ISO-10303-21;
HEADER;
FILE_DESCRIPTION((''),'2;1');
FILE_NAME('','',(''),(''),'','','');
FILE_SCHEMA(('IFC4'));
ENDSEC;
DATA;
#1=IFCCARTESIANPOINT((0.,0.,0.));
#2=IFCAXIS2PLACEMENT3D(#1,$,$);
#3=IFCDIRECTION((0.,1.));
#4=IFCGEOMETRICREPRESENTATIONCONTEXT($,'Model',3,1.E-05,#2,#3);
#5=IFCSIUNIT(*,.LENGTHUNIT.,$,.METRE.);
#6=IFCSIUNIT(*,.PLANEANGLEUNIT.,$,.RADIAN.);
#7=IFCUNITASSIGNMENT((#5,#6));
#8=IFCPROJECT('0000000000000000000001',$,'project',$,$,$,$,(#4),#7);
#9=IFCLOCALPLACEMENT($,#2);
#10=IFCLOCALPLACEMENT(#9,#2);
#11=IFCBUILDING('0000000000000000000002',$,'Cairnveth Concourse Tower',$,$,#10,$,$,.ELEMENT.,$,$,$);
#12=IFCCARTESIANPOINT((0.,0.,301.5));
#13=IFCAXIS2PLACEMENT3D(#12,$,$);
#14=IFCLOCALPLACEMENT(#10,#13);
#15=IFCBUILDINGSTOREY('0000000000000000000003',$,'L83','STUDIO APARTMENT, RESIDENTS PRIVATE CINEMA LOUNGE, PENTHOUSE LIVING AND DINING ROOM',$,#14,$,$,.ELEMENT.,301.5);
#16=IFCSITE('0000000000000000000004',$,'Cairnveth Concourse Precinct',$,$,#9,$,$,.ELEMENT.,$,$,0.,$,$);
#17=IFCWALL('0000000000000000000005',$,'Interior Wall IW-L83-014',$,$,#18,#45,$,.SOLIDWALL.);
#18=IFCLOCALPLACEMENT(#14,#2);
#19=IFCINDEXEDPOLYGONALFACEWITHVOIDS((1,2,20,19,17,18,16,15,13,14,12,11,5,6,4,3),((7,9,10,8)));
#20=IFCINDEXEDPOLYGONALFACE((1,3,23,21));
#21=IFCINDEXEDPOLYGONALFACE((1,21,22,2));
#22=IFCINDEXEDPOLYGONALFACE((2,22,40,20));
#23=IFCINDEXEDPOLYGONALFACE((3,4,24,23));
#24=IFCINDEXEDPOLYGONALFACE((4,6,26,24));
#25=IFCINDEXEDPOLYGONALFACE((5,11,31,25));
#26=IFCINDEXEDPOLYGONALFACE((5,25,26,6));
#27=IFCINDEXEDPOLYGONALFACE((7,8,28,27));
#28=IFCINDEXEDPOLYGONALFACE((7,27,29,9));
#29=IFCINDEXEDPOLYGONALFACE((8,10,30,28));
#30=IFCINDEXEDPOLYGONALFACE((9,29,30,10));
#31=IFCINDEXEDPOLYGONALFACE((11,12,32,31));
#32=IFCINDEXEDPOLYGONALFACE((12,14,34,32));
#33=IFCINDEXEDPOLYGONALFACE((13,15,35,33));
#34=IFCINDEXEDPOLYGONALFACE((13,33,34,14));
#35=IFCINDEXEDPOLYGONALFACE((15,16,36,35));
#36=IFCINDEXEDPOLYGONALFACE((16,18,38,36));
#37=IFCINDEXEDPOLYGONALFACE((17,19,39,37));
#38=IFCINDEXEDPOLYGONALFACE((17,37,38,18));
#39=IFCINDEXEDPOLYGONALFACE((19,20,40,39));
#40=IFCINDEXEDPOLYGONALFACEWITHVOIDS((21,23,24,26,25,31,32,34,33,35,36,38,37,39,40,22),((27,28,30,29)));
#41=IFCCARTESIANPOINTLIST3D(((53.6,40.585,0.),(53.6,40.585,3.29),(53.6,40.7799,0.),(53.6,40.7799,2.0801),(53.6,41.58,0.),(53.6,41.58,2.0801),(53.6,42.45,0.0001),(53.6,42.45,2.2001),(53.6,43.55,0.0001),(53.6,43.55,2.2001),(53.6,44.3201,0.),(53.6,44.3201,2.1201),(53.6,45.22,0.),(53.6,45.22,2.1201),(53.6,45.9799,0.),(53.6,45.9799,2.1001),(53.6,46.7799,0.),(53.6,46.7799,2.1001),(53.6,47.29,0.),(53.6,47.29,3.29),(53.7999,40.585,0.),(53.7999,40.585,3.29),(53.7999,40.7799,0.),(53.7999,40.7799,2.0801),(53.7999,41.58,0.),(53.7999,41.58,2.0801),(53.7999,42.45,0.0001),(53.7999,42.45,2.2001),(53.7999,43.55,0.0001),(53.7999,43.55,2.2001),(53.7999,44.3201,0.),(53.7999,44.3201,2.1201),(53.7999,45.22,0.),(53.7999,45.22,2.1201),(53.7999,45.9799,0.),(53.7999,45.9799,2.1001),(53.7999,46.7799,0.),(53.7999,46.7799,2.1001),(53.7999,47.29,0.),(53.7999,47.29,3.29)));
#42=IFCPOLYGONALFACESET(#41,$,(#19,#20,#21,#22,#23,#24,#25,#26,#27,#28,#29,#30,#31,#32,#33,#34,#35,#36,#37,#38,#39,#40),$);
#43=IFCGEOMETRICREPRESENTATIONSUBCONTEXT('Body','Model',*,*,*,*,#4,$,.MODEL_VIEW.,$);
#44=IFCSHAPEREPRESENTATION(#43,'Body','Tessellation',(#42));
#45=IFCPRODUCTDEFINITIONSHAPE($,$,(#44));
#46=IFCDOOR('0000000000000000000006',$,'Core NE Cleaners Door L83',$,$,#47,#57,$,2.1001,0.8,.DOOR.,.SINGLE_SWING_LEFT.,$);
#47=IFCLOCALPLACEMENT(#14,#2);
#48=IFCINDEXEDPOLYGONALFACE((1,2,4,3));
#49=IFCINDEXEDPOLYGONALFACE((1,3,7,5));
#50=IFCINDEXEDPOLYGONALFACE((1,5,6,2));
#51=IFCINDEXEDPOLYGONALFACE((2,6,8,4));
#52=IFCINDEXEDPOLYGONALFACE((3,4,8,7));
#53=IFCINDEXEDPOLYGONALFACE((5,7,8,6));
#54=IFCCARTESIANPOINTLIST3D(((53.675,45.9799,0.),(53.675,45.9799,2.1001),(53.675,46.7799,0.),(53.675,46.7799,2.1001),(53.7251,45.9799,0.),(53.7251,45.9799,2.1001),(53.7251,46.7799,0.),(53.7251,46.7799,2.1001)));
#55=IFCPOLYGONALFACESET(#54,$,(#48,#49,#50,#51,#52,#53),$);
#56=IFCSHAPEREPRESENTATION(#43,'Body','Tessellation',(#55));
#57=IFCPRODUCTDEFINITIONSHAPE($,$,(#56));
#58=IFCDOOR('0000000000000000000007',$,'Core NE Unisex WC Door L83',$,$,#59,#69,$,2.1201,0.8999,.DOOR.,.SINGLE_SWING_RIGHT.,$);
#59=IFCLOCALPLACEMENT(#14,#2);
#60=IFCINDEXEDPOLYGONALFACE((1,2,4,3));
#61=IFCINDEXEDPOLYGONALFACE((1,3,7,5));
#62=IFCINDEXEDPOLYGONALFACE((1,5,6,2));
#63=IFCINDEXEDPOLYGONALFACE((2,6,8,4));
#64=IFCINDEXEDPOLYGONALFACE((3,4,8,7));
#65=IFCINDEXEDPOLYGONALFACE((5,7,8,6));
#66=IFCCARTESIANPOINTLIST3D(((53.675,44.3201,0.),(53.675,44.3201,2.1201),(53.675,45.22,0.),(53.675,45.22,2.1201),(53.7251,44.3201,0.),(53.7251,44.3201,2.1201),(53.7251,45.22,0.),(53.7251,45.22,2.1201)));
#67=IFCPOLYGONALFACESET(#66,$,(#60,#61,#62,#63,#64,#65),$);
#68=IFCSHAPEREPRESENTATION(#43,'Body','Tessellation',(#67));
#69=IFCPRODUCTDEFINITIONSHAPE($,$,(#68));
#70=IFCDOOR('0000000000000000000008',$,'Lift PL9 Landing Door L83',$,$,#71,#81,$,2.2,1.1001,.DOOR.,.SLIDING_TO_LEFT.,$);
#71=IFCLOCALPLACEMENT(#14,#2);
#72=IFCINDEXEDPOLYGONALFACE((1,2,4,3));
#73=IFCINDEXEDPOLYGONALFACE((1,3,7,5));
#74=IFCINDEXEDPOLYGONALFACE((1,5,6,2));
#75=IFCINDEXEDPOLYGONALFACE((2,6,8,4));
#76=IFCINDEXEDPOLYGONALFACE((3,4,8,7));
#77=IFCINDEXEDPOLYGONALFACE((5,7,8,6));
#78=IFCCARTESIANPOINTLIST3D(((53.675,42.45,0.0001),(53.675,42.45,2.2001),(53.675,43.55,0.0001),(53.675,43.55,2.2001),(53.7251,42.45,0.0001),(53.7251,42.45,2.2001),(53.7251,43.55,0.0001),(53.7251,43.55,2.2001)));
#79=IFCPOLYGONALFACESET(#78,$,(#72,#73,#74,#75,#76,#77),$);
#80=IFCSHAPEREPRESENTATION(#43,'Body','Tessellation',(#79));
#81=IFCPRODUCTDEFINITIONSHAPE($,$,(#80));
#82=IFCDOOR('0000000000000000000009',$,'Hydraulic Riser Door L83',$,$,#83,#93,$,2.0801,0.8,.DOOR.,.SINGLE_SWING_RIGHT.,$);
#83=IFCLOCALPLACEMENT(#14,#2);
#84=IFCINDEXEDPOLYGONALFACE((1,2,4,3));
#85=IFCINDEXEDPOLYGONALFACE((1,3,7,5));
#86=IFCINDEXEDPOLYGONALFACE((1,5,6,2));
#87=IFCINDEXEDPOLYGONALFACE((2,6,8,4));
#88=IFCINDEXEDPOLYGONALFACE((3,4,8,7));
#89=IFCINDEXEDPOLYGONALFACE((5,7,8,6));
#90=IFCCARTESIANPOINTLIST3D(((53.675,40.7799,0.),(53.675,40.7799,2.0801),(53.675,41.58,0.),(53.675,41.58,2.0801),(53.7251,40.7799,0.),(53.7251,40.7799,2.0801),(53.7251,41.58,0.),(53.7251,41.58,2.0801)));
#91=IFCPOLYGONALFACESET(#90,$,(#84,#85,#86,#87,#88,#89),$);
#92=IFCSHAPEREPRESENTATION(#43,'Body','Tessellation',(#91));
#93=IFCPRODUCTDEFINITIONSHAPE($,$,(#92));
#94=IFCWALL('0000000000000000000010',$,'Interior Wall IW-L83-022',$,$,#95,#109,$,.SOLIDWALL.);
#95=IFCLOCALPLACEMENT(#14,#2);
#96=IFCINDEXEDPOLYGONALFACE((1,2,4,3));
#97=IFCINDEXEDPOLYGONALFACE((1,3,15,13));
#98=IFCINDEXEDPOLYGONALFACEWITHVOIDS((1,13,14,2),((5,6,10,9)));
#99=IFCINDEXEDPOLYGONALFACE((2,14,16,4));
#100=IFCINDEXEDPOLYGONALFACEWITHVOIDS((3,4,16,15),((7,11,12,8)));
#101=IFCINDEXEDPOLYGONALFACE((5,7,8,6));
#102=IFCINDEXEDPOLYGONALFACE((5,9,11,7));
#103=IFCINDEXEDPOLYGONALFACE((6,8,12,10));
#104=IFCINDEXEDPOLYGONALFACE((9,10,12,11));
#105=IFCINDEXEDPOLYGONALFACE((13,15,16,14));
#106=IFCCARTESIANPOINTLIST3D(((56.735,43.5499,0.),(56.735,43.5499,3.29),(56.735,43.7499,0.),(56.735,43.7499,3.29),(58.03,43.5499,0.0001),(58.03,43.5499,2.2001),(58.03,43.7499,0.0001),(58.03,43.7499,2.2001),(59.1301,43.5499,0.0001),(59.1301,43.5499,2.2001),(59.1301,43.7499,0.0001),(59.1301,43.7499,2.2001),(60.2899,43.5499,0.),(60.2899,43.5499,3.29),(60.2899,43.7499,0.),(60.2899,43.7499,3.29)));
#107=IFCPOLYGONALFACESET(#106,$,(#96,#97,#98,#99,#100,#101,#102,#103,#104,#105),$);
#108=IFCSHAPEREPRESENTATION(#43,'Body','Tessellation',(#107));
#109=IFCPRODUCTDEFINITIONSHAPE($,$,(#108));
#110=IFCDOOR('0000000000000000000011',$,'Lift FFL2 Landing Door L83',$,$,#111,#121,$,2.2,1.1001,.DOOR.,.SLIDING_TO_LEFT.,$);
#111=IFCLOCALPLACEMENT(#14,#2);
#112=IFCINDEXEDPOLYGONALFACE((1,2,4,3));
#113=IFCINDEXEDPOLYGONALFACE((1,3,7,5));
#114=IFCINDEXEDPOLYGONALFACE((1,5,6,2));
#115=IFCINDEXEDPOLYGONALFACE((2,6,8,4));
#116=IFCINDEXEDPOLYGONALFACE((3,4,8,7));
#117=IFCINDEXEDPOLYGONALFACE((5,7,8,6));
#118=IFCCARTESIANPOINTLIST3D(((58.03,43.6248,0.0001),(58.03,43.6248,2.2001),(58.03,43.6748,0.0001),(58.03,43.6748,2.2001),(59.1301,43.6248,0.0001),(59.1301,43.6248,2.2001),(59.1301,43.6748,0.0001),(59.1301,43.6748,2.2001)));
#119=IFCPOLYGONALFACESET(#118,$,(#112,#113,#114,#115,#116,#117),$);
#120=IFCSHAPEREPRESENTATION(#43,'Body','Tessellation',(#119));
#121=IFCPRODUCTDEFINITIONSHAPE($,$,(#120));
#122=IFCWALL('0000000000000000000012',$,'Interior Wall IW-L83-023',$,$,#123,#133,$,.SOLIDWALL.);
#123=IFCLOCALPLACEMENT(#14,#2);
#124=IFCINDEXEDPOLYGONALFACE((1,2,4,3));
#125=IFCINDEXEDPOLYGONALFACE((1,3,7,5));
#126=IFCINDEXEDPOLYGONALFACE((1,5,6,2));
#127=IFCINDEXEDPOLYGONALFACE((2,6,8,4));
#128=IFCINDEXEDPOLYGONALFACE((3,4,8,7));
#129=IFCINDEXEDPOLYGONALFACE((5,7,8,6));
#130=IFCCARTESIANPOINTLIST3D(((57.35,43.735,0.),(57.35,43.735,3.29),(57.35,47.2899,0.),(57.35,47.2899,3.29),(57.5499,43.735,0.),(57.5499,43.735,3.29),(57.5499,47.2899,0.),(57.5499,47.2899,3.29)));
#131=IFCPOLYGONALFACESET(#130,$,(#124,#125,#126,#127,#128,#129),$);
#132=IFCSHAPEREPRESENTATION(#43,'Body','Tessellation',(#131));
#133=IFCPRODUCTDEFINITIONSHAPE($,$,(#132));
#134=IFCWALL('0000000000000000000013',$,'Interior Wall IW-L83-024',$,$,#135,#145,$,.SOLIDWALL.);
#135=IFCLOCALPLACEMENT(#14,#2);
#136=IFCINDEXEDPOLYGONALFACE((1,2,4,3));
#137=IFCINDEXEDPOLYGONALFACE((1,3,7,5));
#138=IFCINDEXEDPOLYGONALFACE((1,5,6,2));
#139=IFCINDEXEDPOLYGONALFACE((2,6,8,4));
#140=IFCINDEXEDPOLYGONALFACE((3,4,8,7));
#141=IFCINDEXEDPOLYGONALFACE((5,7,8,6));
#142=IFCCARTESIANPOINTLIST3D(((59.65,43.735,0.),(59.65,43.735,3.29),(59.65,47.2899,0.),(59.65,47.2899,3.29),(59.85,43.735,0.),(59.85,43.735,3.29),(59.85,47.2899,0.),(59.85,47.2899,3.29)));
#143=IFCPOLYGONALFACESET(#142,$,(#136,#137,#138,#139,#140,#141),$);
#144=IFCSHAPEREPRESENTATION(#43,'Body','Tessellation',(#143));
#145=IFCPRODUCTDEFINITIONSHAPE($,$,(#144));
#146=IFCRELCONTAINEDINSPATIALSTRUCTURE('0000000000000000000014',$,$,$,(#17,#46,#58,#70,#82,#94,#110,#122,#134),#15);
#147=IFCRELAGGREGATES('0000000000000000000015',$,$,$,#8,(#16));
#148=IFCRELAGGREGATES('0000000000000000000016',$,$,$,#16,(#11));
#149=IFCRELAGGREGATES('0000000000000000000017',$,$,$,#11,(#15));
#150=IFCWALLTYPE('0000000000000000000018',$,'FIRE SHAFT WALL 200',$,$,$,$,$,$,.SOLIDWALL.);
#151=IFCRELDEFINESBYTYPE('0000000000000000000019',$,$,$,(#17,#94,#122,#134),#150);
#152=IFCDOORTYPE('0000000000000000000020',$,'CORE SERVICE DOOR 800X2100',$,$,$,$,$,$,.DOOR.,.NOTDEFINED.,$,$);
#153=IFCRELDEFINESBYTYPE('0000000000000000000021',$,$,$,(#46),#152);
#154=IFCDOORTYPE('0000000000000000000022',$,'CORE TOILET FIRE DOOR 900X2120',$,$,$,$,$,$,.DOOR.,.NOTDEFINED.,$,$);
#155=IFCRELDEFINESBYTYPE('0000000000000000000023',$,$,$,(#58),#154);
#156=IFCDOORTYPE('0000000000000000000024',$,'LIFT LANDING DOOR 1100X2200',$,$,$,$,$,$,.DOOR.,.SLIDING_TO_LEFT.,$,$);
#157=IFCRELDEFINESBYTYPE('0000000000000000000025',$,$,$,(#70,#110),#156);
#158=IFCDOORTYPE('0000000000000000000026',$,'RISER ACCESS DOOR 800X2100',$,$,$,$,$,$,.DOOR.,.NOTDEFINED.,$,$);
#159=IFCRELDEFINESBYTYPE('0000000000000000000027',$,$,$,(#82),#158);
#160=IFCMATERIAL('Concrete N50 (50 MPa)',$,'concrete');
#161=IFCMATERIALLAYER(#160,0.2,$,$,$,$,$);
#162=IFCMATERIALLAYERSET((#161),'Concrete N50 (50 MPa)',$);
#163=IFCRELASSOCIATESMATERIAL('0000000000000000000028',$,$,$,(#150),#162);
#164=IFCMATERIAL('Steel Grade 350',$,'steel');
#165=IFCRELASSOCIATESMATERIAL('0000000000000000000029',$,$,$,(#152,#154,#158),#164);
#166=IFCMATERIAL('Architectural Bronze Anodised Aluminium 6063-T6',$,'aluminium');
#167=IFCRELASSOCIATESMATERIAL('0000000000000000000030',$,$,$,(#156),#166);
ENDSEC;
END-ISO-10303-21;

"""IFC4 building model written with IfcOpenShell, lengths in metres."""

from ifc_helpers import new_model, si_unit, direction, frame, frame_2d, origin, place, context, subcontext, project, spatial, rectangle, extrude, material, layer, layer_set, type_object, element, fill, save


model = new_model("IFC4")

# Units and contexts
model_context = context("Model", 3, precision=1e-05, world=origin(), true_north=direction((0.0, 1.0)))
body_context = subcontext(model_context, "Body", "Model", "MODEL_VIEW")
ifc_project = project(units=[si_unit("LENGTHUNIT", "METRE"), si_unit("PLANEANGLEUNIT", "RADIAN")], contexts=[model_context])

# Site, building, storey
site_placement = place(None, origin())
site = spatial("IfcSite", under=ifc_project, at=site_placement, Name="Cairnveth Concourse Precinct", CompositionType="ELEMENT", RefElevation=0.0)
building_placement = place(site_placement, origin())
building = spatial("IfcBuilding", under=site, at=building_placement, Name="Cairnveth Concourse Tower", CompositionType="ELEMENT")
storey_placement = place(building_placement, frame((0.0, 0.0, 301.5)))
storey = spatial("IfcBuildingStorey", under=building, at=storey_placement, Name="L83", Description="STUDIO APARTMENT, RESIDENTS PRIVATE CINEMA LOUNGE, PENTHOUSE LIVING AND DINING ROOM", CompositionType="ELEMENT", Elevation=301.5)

# Shared definitions
ifc_material_1 = material(Name="Steel Grade 350", Category="steel")

# Shared definitions
ifc_material_2 = material(Name="Concrete N50 (50 MPa)", Category="concrete")

# Shared definitions
ifc_layer_1 = layer(ifc_material_2, 0.2)
ifc_layer_set_1 = layer_set([ifc_layer_1], Name="Concrete N50 (50 MPa)")
wall_type_1 = type_object("IfcWallType", Name="FIRE SHAFT WALL 200", PredefinedType="SOLIDWALL", material=ifc_layer_set_1)

# Wall, openings, doors
wall_1_placement = place(storey_placement, frame((53.7, 40.585, 0.0), z_axis=(0.0, 0.0, 1.0), x_axis=(0.0, 1.0, 0.0)))
wall_1 = element("IfcWall", 1, at=wall_1_placement, inside=storey, type_object=wall_type_1, Name="Interior Wall IW-L83-014", PredefinedType="SOLIDWALL", context=body_context, shape_type="SweptSolid", body=[
    extrude(rectangle(XDim=6.7051, YDim=0.2, at=frame_2d((3.3525, 0.0))), origin(), (0.0, 0.0, 1.0), 3.29),
])
opening_1_placement = place(wall_1_placement, frame((0.1951, 0.0, 0.0)))
opening_1 = element("IfcOpeningElement", 2, at=opening_1_placement, cuts=wall_1, PredefinedType="OPENING", context=body_context, shape_type="SweptSolid", body=[
    extrude(rectangle(XDim=0.8, YDim=2.0801, at=frame_2d((0.3999, 1.04))), frame((0.0, 0.1099, 0.0), z_axis=(0.0, -1.0, 0.0), x_axis=(1.0, 0.0, 0.0)), (0.0, 0.0, 1.0), 0.22),
])
opening_2_placement = place(wall_1_placement, frame((1.865, 0.0, 0.0)))
opening_2 = element("IfcOpeningElement", 3, at=opening_2_placement, cuts=wall_1, PredefinedType="OPENING", context=body_context, shape_type="SweptSolid", body=[
    extrude(rectangle(XDim=1.1001, YDim=2.2, at=frame_2d((0.55, 1.1001))), frame((0.0, 0.1099, 0.0), z_axis=(0.0, -1.0, 0.0), x_axis=(1.0, 0.0, 0.0)), (0.0, 0.0, 1.0), 0.22),
])
opening_3_placement = place(wall_1_placement, frame((3.7351, 0.0, 0.0)))
opening_3 = element("IfcOpeningElement", 4, at=opening_3_placement, cuts=wall_1, PredefinedType="OPENING", context=body_context, shape_type="SweptSolid", body=[
    extrude(rectangle(XDim=0.8999, YDim=2.1201, at=frame_2d((0.45, 1.0601))), frame((0.0, 0.1099, 0.0), z_axis=(0.0, -1.0, 0.0), x_axis=(1.0, 0.0, 0.0)), (0.0, 0.0, 1.0), 0.22),
])
opening_4_placement = place(wall_1_placement, frame((5.395, 0.0, 0.0)))
opening_4 = element("IfcOpeningElement", 5, at=opening_4_placement, cuts=wall_1, PredefinedType="OPENING", context=body_context, shape_type="SweptSolid", body=[
    extrude(rectangle(XDim=0.8, YDim=2.1001, at=frame_2d((0.3999, 1.05))), frame((0.0, 0.1099, 0.0), z_axis=(0.0, -1.0, 0.0), x_axis=(1.0, 0.0, 0.0)), (0.0, 0.0, 1.0), 0.22),
])
door_type_1 = type_object("IfcDoorType", Name="CORE SERVICE DOOR 800X2100", OperationType="NOTDEFINED", PredefinedType="DOOR", material=ifc_material_1)
door_1_placement = place(opening_4_placement, origin())
door_1 = element("IfcDoor", 6, at=door_1_placement, inside=storey, type_object=door_type_1, Name="Core NE Cleaners Door L83", OperationType="SINGLE_SWING_LEFT", OverallHeight=2.1001, OverallWidth=0.8, PredefinedType="DOOR", context=body_context, shape_type="SweptSolid", body=[
    extrude(rectangle(XDim=0.8, YDim=2.1001, at=frame_2d((0.3999, 1.05))), frame((0.0, 0.0249, 0.0), z_axis=(0.0, -1.0, 0.0), x_axis=(1.0, 0.0, 0.0)), (0.0, 0.0, 1.0), 0.05),
])
fill(opening_4, door_1)
door_type_2 = type_object("IfcDoorType", Name="CORE TOILET FIRE DOOR 900X2120", OperationType="NOTDEFINED", PredefinedType="DOOR", material=ifc_material_1)
door_2_placement = place(opening_3_placement, origin())
door_2 = element("IfcDoor", 7, at=door_2_placement, inside=storey, type_object=door_type_2, Name="Core NE Unisex WC Door L83", OperationType="SINGLE_SWING_RIGHT", OverallHeight=2.1201, OverallWidth=0.8999, PredefinedType="DOOR", context=body_context, shape_type="SweptSolid", body=[
    extrude(rectangle(XDim=0.8999, YDim=2.1201, at=frame_2d((0.45, 1.0601))), frame((0.0, 0.0249, 0.0), z_axis=(0.0, -1.0, 0.0), x_axis=(1.0, 0.0, 0.0)), (0.0, 0.0, 1.0), 0.05),
])
fill(opening_3, door_2)
ifc_material_3 = material(Name="Architectural Bronze Anodised Aluminium 6063-T6", Category="aluminium")
door_type_3 = type_object("IfcDoorType", Name="LIFT LANDING DOOR 1100X2200", OperationType="SLIDING_TO_LEFT", PredefinedType="DOOR", material=ifc_material_3)
door_3_placement = place(opening_2_placement, origin())
door_3 = element("IfcDoor", 8, at=door_3_placement, inside=storey, type_object=door_type_3, Name="Lift PL9 Landing Door L83", OperationType="SLIDING_TO_LEFT", OverallHeight=2.2, OverallWidth=1.1001, PredefinedType="DOOR", context=body_context, shape_type="SweptSolid", body=[
    extrude(rectangle(XDim=1.1001, YDim=2.2, at=frame_2d((0.55, 1.1001))), frame((0.0, 0.0249, 0.0), z_axis=(0.0, -1.0, 0.0), x_axis=(1.0, 0.0, 0.0)), (0.0, 0.0, 1.0), 0.05),
])
fill(opening_2, door_3)
door_type_4 = type_object("IfcDoorType", Name="RISER ACCESS DOOR 800X2100", OperationType="NOTDEFINED", PredefinedType="DOOR", material=ifc_material_1)
door_4_placement = place(opening_1_placement, origin())
door_4 = element("IfcDoor", 9, at=door_4_placement, inside=storey, type_object=door_type_4, Name="Hydraulic Riser Door L83", OperationType="SINGLE_SWING_RIGHT", OverallHeight=2.0801, OverallWidth=0.8, PredefinedType="DOOR", context=body_context, shape_type="SweptSolid", body=[
    extrude(rectangle(XDim=0.8, YDim=2.0801, at=frame_2d((0.3999, 1.04))), frame((0.0, 0.0249, 0.0), z_axis=(0.0, -1.0, 0.0), x_axis=(1.0, 0.0, 0.0)), (0.0, 0.0, 1.0), 0.05),
])
fill(opening_1, door_4)

# Wall, opening, door
wall_2_placement = place(storey_placement, frame((56.7351, 43.6499, 0.0), z_axis=(0.0, 0.0, 1.0), x_axis=(1.0, 0.0, 0.0)))
wall_2 = element("IfcWall", 10, at=wall_2_placement, inside=storey, type_object=wall_type_1, Name="Interior Wall IW-L83-022", PredefinedType="SOLIDWALL", context=body_context, shape_type="SweptSolid", body=[
    extrude(rectangle(XDim=3.5549, YDim=0.2, at=frame_2d((1.7773, 0.0))), origin(), (0.0, 0.0, 1.0), 3.29),
])
opening_5_placement = place(wall_2_placement, frame((1.2949, 0.0, 0.0)))
opening_5 = element("IfcOpeningElement", 11, at=opening_5_placement, cuts=wall_2, PredefinedType="OPENING", context=body_context, shape_type="SweptSolid", body=[
    extrude(rectangle(XDim=1.1001, YDim=2.2, at=frame_2d((0.55, 1.1001))), frame((0.0, 0.1099, 0.0), z_axis=(0.0, -1.0, 0.0), x_axis=(1.0, 0.0, 0.0)), (0.0, 0.0, 1.0), 0.22),
])
door_5_placement = place(opening_5_placement, origin())
door_5 = element("IfcDoor", 12, at=door_5_placement, inside=storey, type_object=door_type_3, Name="Lift FFL2 Landing Door L83", OperationType="SLIDING_TO_LEFT", OverallHeight=2.2, OverallWidth=1.1001, PredefinedType="DOOR", context=body_context, shape_type="SweptSolid", body=[
    extrude(rectangle(XDim=1.1001, YDim=2.2, at=frame_2d((0.55, 1.1001))), frame((0.0, 0.0249, 0.0), z_axis=(0.0, -1.0, 0.0), x_axis=(1.0, 0.0, 0.0)), (0.0, 0.0, 1.0), 0.05),
])
fill(opening_5, door_5)

# Walls
for number, where, z_axis, x_axis, name in (
    (13, (57.45, 43.7351, 0.0), (0.0, 0.0, 1.0), (0.0, 1.0, 0.0), "Interior Wall IW-L83-023"),
    (14, (59.75, 43.7351, 0.0), (0.0, 0.0, 1.0), (0.0, 1.0, 0.0), "Interior Wall IW-L83-024"),
):
    element("IfcWall", number, at=place(storey_placement, frame(where, z_axis=z_axis, x_axis=x_axis)), inside=storey, type_object=wall_type_1, Name=name, PredefinedType="SOLIDWALL", context=body_context, shape_type="SweptSolid", body=[
        extrude(rectangle(XDim=3.5549, YDim=0.2, at=frame_2d((1.7773, 0.0))), origin(), (0.0, 0.0, 1.0), 3.29),
    ])

save(model, "model.ifc")
